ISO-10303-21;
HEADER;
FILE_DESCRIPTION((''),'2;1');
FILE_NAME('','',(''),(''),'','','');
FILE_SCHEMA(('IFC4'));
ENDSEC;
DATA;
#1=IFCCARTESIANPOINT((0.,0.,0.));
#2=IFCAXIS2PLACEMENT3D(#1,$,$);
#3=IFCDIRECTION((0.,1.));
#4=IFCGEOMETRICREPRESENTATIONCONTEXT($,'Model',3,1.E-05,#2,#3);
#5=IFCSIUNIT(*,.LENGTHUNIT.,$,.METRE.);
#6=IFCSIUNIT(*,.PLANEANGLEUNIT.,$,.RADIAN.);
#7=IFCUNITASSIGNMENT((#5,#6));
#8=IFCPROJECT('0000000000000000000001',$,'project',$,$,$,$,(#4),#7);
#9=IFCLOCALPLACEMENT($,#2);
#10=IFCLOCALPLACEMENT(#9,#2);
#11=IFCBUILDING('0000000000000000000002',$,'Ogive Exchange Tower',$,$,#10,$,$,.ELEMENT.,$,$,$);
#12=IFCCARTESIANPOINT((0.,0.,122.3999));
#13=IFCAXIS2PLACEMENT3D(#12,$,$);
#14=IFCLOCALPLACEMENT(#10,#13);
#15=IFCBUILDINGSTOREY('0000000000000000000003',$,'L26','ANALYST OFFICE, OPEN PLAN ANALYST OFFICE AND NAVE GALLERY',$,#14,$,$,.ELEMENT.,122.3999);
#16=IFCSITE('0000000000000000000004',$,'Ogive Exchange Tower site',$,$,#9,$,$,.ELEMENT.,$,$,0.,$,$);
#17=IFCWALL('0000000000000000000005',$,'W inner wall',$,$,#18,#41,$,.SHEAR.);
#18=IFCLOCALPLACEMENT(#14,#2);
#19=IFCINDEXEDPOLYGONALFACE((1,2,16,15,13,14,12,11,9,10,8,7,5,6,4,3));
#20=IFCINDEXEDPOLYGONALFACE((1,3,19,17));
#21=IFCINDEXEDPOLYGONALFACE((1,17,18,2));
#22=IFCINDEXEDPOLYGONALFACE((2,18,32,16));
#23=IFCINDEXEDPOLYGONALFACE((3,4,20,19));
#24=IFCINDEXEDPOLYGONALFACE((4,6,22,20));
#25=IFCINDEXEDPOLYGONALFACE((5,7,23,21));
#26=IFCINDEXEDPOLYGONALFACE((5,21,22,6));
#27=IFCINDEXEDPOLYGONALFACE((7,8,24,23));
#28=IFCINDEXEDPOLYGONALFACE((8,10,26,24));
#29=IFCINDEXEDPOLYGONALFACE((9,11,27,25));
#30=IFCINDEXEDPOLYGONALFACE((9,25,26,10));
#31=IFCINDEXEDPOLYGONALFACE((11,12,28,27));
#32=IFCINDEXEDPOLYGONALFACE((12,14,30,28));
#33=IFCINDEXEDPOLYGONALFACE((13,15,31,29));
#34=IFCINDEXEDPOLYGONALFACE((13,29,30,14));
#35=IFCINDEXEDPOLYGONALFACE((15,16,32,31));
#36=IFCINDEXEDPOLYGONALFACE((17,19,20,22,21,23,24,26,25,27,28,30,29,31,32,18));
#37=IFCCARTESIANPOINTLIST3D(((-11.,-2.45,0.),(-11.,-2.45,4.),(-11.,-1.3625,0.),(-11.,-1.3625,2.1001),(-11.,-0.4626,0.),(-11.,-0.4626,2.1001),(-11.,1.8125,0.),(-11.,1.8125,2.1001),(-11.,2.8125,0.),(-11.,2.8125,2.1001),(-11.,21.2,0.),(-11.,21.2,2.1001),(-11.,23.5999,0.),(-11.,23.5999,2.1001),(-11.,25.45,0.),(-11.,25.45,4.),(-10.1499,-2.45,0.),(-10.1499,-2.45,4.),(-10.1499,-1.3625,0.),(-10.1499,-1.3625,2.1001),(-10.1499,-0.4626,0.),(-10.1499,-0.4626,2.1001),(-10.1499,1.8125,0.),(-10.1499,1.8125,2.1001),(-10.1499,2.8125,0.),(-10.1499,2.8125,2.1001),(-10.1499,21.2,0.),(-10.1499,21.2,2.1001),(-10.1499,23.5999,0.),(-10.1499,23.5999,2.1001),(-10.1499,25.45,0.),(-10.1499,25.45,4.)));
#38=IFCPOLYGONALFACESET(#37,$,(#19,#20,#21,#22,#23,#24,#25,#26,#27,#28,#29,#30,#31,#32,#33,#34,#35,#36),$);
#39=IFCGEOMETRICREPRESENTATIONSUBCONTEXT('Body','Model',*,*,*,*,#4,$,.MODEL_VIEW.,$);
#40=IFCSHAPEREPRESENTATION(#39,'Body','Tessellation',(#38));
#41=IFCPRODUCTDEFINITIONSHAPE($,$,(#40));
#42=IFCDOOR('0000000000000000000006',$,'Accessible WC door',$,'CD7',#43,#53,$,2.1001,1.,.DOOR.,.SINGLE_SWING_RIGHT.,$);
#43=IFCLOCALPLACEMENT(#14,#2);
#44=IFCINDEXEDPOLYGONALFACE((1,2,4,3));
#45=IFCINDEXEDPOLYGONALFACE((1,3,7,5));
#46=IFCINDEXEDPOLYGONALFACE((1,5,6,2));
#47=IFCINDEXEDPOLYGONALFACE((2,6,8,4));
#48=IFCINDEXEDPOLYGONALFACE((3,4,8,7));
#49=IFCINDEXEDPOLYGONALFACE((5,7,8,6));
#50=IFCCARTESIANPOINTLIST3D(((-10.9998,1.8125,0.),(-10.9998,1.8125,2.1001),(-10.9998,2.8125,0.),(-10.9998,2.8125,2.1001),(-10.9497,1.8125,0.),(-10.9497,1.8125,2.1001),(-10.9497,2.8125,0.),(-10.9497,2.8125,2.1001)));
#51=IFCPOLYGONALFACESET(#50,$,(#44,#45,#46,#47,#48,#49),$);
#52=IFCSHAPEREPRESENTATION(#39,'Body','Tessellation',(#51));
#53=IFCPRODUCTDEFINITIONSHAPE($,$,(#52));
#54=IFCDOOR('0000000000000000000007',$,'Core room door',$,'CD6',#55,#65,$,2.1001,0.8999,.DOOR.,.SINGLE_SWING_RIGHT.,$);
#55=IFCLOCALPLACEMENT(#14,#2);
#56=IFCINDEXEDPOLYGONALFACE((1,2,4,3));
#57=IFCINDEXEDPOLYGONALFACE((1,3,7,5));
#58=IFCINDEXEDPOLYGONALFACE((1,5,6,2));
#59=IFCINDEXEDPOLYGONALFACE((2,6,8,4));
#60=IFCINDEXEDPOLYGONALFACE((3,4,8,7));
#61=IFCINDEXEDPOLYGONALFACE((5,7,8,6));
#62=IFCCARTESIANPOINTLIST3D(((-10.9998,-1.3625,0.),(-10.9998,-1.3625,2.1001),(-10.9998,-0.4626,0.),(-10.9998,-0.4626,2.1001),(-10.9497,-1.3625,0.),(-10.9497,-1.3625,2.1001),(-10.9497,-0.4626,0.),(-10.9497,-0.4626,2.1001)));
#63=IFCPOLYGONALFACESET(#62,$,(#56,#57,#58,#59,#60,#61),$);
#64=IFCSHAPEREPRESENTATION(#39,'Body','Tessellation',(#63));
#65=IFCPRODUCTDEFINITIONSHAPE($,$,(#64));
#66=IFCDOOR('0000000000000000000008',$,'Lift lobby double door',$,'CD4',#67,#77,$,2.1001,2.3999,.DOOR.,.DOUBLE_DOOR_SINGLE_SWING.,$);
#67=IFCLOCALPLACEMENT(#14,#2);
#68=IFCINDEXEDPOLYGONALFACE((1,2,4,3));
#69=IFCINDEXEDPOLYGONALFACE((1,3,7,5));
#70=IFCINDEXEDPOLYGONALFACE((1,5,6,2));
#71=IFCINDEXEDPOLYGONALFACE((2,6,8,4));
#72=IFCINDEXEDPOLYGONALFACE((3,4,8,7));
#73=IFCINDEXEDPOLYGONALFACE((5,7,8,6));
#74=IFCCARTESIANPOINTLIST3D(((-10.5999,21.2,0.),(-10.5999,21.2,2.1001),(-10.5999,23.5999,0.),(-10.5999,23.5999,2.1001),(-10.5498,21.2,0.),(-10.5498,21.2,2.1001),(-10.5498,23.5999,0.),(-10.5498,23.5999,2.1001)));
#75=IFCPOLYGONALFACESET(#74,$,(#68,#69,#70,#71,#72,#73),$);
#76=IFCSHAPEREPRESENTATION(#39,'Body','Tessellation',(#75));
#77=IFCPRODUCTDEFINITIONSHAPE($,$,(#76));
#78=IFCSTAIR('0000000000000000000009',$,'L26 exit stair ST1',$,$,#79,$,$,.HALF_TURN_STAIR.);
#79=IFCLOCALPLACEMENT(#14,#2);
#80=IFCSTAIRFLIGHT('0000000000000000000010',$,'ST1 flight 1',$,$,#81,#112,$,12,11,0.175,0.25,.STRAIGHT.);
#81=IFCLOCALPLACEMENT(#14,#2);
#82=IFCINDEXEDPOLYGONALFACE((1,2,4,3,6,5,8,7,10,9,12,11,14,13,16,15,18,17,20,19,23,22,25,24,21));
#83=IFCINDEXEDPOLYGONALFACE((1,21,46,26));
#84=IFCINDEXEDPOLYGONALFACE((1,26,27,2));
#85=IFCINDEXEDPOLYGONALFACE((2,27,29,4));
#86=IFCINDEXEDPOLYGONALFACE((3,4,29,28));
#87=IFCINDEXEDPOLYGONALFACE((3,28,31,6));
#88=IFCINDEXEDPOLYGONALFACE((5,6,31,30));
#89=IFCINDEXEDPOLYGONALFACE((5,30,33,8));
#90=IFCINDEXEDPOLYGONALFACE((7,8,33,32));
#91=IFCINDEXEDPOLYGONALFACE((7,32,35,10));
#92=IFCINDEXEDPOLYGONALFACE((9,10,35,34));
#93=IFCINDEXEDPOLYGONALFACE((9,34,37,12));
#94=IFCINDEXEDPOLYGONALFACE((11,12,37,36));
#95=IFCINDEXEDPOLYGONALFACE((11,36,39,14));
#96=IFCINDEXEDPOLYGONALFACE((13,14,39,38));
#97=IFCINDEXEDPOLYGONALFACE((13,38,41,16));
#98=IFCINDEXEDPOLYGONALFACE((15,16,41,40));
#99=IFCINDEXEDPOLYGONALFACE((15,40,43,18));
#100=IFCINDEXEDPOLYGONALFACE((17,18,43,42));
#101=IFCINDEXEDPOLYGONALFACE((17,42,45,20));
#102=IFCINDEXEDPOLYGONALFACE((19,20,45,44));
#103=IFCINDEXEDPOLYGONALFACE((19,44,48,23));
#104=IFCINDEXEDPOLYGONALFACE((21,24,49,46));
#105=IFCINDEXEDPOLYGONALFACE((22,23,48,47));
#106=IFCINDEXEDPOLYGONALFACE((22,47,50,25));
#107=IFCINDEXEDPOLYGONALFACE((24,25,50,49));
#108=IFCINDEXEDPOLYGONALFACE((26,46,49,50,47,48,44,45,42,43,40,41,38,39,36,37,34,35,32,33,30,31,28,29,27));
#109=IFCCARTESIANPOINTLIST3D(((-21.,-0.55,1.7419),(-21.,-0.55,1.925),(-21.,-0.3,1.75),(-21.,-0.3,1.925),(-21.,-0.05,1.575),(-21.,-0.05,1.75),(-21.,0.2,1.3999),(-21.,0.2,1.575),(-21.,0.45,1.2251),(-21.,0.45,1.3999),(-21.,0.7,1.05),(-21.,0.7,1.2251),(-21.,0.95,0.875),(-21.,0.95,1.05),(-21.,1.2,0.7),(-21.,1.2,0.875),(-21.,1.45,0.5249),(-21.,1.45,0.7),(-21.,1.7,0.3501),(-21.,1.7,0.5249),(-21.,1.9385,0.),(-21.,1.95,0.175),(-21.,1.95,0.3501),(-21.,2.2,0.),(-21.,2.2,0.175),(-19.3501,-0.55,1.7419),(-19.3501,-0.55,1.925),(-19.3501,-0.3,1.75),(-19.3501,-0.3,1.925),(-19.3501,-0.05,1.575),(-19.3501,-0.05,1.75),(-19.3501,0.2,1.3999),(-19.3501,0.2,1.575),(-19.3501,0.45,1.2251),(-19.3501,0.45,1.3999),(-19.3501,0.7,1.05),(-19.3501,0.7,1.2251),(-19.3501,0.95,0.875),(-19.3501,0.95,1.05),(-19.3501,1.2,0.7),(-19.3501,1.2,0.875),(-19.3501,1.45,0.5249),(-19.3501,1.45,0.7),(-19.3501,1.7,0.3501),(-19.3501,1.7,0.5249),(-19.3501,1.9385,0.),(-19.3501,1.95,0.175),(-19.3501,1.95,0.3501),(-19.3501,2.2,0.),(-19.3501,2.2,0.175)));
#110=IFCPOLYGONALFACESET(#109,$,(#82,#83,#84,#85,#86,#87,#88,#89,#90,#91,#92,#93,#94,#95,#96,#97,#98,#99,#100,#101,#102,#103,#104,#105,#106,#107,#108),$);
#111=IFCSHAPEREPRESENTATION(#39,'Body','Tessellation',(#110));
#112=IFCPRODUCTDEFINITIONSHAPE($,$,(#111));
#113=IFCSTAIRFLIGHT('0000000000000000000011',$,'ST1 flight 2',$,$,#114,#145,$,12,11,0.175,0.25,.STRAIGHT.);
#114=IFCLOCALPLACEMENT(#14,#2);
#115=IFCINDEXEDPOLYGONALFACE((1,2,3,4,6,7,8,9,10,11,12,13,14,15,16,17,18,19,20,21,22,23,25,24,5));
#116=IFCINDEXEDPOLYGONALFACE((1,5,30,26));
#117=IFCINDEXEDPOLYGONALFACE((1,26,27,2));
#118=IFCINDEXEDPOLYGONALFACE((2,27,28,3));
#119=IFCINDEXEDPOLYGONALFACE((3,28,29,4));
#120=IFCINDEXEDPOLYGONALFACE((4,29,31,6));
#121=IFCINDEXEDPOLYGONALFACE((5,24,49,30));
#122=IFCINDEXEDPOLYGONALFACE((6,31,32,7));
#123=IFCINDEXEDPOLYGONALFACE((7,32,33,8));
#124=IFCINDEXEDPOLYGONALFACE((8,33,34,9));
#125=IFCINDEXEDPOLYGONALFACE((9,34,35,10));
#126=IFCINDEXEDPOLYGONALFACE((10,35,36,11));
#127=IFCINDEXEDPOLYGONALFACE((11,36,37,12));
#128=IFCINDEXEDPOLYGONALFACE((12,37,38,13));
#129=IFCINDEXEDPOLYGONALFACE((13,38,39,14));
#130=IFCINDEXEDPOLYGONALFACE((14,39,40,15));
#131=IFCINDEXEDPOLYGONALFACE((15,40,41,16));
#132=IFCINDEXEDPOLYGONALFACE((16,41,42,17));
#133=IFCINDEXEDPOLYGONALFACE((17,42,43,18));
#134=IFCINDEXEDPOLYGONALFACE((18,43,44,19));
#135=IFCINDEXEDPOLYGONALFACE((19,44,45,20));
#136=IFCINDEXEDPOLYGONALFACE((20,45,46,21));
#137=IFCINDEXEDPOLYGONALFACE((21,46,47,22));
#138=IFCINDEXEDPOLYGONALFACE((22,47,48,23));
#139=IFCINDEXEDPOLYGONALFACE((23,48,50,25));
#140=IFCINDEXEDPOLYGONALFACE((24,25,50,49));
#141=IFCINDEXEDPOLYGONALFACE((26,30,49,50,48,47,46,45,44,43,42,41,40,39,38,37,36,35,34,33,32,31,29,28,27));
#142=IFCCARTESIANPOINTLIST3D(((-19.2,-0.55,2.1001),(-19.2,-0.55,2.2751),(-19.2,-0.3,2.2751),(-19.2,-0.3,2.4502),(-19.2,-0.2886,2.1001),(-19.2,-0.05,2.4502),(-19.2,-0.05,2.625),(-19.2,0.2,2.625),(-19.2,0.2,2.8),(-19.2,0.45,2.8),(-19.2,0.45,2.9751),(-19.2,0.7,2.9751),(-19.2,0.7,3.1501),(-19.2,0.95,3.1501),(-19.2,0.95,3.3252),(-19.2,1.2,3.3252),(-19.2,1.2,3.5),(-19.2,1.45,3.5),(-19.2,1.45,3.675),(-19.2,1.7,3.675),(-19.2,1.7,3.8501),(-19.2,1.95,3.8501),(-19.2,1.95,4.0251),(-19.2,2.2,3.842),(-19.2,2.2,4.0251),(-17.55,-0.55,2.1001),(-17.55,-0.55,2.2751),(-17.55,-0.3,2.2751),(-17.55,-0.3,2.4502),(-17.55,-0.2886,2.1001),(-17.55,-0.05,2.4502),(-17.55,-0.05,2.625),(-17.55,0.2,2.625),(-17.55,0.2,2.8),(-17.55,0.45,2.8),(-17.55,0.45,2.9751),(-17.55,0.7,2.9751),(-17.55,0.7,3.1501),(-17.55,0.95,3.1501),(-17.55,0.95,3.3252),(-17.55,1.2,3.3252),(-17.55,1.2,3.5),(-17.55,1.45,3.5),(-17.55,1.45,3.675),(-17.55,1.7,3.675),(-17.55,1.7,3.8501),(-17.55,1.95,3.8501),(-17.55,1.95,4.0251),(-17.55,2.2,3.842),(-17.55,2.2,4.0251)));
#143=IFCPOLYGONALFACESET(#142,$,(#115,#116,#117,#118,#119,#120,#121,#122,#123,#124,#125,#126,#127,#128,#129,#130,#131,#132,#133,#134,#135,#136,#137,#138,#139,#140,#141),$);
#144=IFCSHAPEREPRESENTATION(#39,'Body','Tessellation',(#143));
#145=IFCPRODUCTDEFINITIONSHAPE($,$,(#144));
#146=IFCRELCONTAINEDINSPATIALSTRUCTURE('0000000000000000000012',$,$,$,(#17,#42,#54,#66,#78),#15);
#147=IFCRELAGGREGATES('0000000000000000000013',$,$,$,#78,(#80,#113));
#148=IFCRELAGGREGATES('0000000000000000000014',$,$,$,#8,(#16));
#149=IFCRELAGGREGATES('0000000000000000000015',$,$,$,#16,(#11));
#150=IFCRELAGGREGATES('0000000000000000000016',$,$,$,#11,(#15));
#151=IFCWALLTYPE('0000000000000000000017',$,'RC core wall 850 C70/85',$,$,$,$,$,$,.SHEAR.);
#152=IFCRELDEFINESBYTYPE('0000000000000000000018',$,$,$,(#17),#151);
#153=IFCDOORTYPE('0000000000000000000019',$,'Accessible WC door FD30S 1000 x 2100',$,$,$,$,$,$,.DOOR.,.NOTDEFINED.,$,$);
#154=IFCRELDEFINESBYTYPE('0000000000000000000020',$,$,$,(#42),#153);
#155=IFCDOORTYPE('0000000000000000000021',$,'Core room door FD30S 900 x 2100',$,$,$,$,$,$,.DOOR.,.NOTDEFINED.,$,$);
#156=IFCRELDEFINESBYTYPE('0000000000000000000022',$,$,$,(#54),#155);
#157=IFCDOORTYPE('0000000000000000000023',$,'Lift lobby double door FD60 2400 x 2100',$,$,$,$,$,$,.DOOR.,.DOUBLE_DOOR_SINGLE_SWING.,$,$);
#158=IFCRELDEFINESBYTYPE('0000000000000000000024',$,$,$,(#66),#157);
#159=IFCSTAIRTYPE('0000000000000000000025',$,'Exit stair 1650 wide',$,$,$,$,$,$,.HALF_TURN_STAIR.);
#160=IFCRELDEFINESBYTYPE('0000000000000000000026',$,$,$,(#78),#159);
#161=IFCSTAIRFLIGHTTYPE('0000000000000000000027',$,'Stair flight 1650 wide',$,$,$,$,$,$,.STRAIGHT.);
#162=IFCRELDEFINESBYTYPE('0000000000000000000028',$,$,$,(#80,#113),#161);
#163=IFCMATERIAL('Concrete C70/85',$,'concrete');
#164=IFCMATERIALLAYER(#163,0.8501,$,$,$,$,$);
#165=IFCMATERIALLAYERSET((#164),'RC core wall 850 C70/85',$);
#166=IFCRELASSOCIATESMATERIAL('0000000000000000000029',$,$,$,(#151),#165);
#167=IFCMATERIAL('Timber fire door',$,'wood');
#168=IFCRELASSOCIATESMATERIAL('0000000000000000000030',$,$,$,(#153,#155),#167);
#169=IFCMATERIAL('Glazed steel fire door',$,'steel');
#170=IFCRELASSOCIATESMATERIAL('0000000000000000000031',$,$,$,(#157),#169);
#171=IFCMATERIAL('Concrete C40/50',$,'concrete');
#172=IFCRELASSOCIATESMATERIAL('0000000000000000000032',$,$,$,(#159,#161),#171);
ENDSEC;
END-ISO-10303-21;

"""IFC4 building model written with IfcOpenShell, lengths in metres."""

from ifc_helpers import new_model, si_unit, direction, frame, frame_2d, origin, place, context, subcontext, project, spatial, polyline, rectangle, outline, extrude, material, layer, layer_set, type_object, element, fill, aggregate, save


model = new_model("IFC4")

# Units and contexts
model_context = context("Model", 3, precision=1e-05, world=origin(), true_north=direction((0.0, 1.0)))
body_context = subcontext(model_context, "Body", "Model", "MODEL_VIEW")
ifc_project = project(units=[si_unit("LENGTHUNIT", "METRE"), si_unit("PLANEANGLEUNIT", "RADIAN")], contexts=[model_context])

# Site, building, storey
site_placement = place(None, origin())
site = spatial("IfcSite", under=ifc_project, at=site_placement, Name="Ogive Exchange Tower site", CompositionType="ELEMENT", RefElevation=0.0)
building_placement = place(site_placement, origin())
building = spatial("IfcBuilding", under=site, at=building_placement, Name="Ogive Exchange Tower", CompositionType="ELEMENT")
storey_placement = place(building_placement, frame((0.0, 0.0, 122.3999)))
storey = spatial("IfcBuildingStorey", under=building, at=storey_placement, Name="L26", Description="ANALYST OFFICE, OPEN PLAN ANALYST OFFICE AND NAVE GALLERY", CompositionType="ELEMENT", Elevation=122.3999)

# Shared definitions
ifc_material_1 = material(Name="Concrete C70/85", Category="concrete")

# Wall, openings, doors
ifc_layer_1 = layer(ifc_material_1, 0.8501)
ifc_layer_set_1 = layer_set([ifc_layer_1], Name="RC core wall 850 C70/85")
wall_type_1 = type_object("IfcWallType", Name="RC core wall 850 C70/85", PredefinedType="SHEAR", material=ifc_layer_set_1)
wall_1_placement = place(storey_placement, frame((-10.575, -2.45, 0.0), z_axis=(0.0, 0.0, 1.0), x_axis=(0.0, 1.0, 0.0)))
wall_1 = element("IfcWall", 1, at=wall_1_placement, inside=storey, type_object=wall_type_1, Name="W inner wall", PredefinedType="SHEAR", context=body_context, shape_type="SweptSolid", body=[
    extrude(rectangle(XDim=27.8999, YDim=0.8501, at=frame_2d((13.95, 0.0))), origin(), (0.0, 0.0, 1.0), 4.0),
])
opening_1_placement = place(wall_1_placement, frame((23.6499, 0.0, 0.0)))
opening_1 = element("IfcOpeningElement", 2, at=opening_1_placement, cuts=wall_1, PredefinedType="OPENING", context=body_context, shape_type="SweptSolid", body=[
    extrude(rectangle(XDim=2.3999, YDim=2.1001, at=frame_2d((1.2, 1.05))), frame((0.0, 0.4351, 0.0), z_axis=(0.0, -1.0, 0.0), x_axis=(1.0, 0.0, 0.0)), (0.0, 0.0, 1.0), 0.8701),
])
opening_2_placement = place(wall_1_placement, frame((1.0874, 0.0, 0.0)))
opening_2 = element("IfcOpeningElement", 3, at=opening_2_placement, cuts=wall_1, PredefinedType="OPENING", context=body_context, shape_type="SweptSolid", body=[
    extrude(rectangle(XDim=0.8999, YDim=2.1001, at=frame_2d((0.45, 1.05))), frame((0.0, 0.4351, 0.0), z_axis=(0.0, -1.0, 0.0), x_axis=(1.0, 0.0, 0.0)), (0.0, 0.0, 1.0), 0.8701),
])
opening_3_placement = place(wall_1_placement, frame((4.2625, 0.0, 0.0)))
opening_3 = element("IfcOpeningElement", 4, at=opening_3_placement, cuts=wall_1, PredefinedType="OPENING", context=body_context, shape_type="SweptSolid", body=[
    extrude(rectangle(XDim=1.0, YDim=2.1001, at=frame_2d((0.5, 1.05))), frame((0.0, 0.4351, 0.0), z_axis=(0.0, -1.0, 0.0), x_axis=(1.0, 0.0, 0.0)), (0.0, 0.0, 1.0), 0.8701),
])
ifc_material_2 = material(Name="Timber fire door", Category="wood")
door_type_1 = type_object("IfcDoorType", Name="Accessible WC door FD30S 1000 x 2100", OperationType="NOTDEFINED", PredefinedType="DOOR", material=ifc_material_2)
door_1_placement = place(opening_3_placement, origin())
door_1 = element("IfcDoor", 5, at=door_1_placement, inside=storey, type_object=door_type_1, Name="Accessible WC door", ObjectType="CD7", OperationType="SINGLE_SWING_RIGHT", OverallHeight=2.1001, OverallWidth=1.0, PredefinedType="DOOR", context=body_context, shape_type="SweptSolid", body=[
    extrude(rectangle(XDim=1.0, YDim=2.1001, at=frame_2d((0.5, 1.05))), frame((0.0, 0.4248, 0.0), z_axis=(0.0, -1.0, 0.0), x_axis=(1.0, 0.0, 0.0)), (0.0, 0.0, 1.0), 0.05),
])
fill(opening_3, door_1)
door_type_2 = type_object("IfcDoorType", Name="Core room door FD30S 900 x 2100", OperationType="NOTDEFINED", PredefinedType="DOOR", material=ifc_material_2)
door_2_placement = place(opening_2_placement, origin())
door_2 = element("IfcDoor", 6, at=door_2_placement, inside=storey, type_object=door_type_2, Name="Core room door", ObjectType="CD6", OperationType="SINGLE_SWING_RIGHT", OverallHeight=2.1001, OverallWidth=0.8999, PredefinedType="DOOR", context=body_context, shape_type="SweptSolid", body=[
    extrude(rectangle(XDim=0.8999, YDim=2.1001, at=frame_2d((0.45, 1.05))), frame((0.0, 0.4248, 0.0), z_axis=(0.0, -1.0, 0.0), x_axis=(1.0, 0.0, 0.0)), (0.0, 0.0, 1.0), 0.05),
])
fill(opening_2, door_2)
ifc_material_3 = material(Name="Glazed steel fire door", Category="steel")
door_type_3 = type_object("IfcDoorType", Name="Lift lobby double door FD60 2400 x 2100", OperationType="DOUBLE_DOOR_SINGLE_SWING", PredefinedType="DOOR", material=ifc_material_3)
door_3_placement = place(opening_1_placement, origin())
door_3 = element("IfcDoor", 7, at=door_3_placement, inside=storey, type_object=door_type_3, Name="Lift lobby double door", ObjectType="CD4", OperationType="DOUBLE_DOOR_SINGLE_SWING", OverallHeight=2.1001, OverallWidth=2.3999, PredefinedType="DOOR", context=body_context, shape_type="SweptSolid", body=[
    extrude(rectangle(XDim=2.3999, YDim=2.1001, at=frame_2d((1.2, 1.05))), frame((0.0, 0.0249, 0.0), z_axis=(0.0, -1.0, 0.0), x_axis=(1.0, 0.0, 0.0)), (0.0, 0.0, 1.0), 0.05),
])
fill(opening_1, door_3)

# Stair, stair flights
ifc_material_4 = material(Name="Concrete C40/50", Category="concrete")
stair_type = type_object("IfcStairType", Name="Exit stair 1650 wide", PredefinedType="HALF_TURN_STAIR", material=ifc_material_4)
stair_placement = place(storey_placement, origin())
stair = element("IfcStair", 8, at=stair_placement, inside=storey, type_object=stair_type, Name="L26 exit stair ST1", PredefinedType="HALF_TURN_STAIR")
stair_flight_type = type_object("IfcStairFlightType", Name="Stair flight 1650 wide", PredefinedType="STRAIGHT", material=ifc_material_4)
stair_flight_1_placement = place(storey_placement, frame((-20.175, 2.2, 0.0), z_axis=(0.0, 0.0, 1.0), x_axis=(0.0, -1.0, 0.0)))
stair_flight_1 = element("IfcStairFlight", 9, at=stair_flight_1_placement, type_object=stair_flight_type, Name="ST1 flight 1", NumberOfRisers=12, NumberOfTreads=11, PredefinedType="STRAIGHT", RiserHeight=0.175, TreadLength=0.25, context=body_context, shape_type="SweptSolid", body=[
    extrude(outline(polyline([(0.0, 0.0), (0.0, 0.175), (0.25, 0.175), (0.25, 0.3501), (0.5, 0.3501), (0.5, 0.5249), (0.75, 0.5249), (0.75, 0.7), (1.0, 0.7), (1.0, 0.875), (1.25, 0.875), (1.25, 1.05), (1.5, 1.05), (1.5, 1.2251), (1.75, 1.2251), (1.75, 1.3999), (2.0, 1.3999), (2.0, 1.575), (2.25, 1.575), (2.25, 1.75), (2.5, 1.75), (2.5, 1.925), (2.75, 1.925), (2.75, 2.1001), (2.75, 1.7419), (0.2615, 0.0), (0.0, 0.0)])), frame((0.0, 0.825, 0.0), z_axis=(0.0, -1.0, 0.0), x_axis=(1.0, 0.0, 0.0)), (0.0, 0.0, 1.0), 1.6499),
])
stair_flight_2_placement = place(storey_placement, frame((-18.375, -0.55, 2.1001), z_axis=(0.0, 0.0, 1.0), x_axis=(0.0, 1.0, 0.0)))
stair_flight_2 = element("IfcStairFlight", 10, at=stair_flight_2_placement, type_object=stair_flight_type, Name="ST1 flight 2", NumberOfRisers=12, NumberOfTreads=11, PredefinedType="STRAIGHT", RiserHeight=0.175, TreadLength=0.25, context=body_context, shape_type="SweptSolid", body=[
    extrude(outline(polyline([(0.0, 0.0), (0.0, 0.175), (0.25, 0.175), (0.25, 0.3501), (0.5, 0.3501), (0.5, 0.5249), (0.75, 0.5249), (0.75, 0.7), (1.0, 0.7), (1.0, 0.875), (1.25, 0.875), (1.25, 1.05), (1.5, 1.05), (1.5, 1.2251), (1.75, 1.2251), (1.75, 1.3999), (2.0, 1.3999), (2.0, 1.575), (2.25, 1.575), (2.25, 1.75), (2.5, 1.75), (2.5, 1.925), (2.75, 1.925), (2.75, 2.1001), (2.75, 1.7419), (0.2615, 0.0), (0.0, 0.0)])), frame((0.0, 0.825, 0.0), z_axis=(0.0, -1.0, 0.0), x_axis=(1.0, 0.0, 0.0)), (0.0, 0.0, 1.0), 1.6499),
])
aggregate(stair, [stair_flight_1, stair_flight_2])

save(model, "model.ifc")
